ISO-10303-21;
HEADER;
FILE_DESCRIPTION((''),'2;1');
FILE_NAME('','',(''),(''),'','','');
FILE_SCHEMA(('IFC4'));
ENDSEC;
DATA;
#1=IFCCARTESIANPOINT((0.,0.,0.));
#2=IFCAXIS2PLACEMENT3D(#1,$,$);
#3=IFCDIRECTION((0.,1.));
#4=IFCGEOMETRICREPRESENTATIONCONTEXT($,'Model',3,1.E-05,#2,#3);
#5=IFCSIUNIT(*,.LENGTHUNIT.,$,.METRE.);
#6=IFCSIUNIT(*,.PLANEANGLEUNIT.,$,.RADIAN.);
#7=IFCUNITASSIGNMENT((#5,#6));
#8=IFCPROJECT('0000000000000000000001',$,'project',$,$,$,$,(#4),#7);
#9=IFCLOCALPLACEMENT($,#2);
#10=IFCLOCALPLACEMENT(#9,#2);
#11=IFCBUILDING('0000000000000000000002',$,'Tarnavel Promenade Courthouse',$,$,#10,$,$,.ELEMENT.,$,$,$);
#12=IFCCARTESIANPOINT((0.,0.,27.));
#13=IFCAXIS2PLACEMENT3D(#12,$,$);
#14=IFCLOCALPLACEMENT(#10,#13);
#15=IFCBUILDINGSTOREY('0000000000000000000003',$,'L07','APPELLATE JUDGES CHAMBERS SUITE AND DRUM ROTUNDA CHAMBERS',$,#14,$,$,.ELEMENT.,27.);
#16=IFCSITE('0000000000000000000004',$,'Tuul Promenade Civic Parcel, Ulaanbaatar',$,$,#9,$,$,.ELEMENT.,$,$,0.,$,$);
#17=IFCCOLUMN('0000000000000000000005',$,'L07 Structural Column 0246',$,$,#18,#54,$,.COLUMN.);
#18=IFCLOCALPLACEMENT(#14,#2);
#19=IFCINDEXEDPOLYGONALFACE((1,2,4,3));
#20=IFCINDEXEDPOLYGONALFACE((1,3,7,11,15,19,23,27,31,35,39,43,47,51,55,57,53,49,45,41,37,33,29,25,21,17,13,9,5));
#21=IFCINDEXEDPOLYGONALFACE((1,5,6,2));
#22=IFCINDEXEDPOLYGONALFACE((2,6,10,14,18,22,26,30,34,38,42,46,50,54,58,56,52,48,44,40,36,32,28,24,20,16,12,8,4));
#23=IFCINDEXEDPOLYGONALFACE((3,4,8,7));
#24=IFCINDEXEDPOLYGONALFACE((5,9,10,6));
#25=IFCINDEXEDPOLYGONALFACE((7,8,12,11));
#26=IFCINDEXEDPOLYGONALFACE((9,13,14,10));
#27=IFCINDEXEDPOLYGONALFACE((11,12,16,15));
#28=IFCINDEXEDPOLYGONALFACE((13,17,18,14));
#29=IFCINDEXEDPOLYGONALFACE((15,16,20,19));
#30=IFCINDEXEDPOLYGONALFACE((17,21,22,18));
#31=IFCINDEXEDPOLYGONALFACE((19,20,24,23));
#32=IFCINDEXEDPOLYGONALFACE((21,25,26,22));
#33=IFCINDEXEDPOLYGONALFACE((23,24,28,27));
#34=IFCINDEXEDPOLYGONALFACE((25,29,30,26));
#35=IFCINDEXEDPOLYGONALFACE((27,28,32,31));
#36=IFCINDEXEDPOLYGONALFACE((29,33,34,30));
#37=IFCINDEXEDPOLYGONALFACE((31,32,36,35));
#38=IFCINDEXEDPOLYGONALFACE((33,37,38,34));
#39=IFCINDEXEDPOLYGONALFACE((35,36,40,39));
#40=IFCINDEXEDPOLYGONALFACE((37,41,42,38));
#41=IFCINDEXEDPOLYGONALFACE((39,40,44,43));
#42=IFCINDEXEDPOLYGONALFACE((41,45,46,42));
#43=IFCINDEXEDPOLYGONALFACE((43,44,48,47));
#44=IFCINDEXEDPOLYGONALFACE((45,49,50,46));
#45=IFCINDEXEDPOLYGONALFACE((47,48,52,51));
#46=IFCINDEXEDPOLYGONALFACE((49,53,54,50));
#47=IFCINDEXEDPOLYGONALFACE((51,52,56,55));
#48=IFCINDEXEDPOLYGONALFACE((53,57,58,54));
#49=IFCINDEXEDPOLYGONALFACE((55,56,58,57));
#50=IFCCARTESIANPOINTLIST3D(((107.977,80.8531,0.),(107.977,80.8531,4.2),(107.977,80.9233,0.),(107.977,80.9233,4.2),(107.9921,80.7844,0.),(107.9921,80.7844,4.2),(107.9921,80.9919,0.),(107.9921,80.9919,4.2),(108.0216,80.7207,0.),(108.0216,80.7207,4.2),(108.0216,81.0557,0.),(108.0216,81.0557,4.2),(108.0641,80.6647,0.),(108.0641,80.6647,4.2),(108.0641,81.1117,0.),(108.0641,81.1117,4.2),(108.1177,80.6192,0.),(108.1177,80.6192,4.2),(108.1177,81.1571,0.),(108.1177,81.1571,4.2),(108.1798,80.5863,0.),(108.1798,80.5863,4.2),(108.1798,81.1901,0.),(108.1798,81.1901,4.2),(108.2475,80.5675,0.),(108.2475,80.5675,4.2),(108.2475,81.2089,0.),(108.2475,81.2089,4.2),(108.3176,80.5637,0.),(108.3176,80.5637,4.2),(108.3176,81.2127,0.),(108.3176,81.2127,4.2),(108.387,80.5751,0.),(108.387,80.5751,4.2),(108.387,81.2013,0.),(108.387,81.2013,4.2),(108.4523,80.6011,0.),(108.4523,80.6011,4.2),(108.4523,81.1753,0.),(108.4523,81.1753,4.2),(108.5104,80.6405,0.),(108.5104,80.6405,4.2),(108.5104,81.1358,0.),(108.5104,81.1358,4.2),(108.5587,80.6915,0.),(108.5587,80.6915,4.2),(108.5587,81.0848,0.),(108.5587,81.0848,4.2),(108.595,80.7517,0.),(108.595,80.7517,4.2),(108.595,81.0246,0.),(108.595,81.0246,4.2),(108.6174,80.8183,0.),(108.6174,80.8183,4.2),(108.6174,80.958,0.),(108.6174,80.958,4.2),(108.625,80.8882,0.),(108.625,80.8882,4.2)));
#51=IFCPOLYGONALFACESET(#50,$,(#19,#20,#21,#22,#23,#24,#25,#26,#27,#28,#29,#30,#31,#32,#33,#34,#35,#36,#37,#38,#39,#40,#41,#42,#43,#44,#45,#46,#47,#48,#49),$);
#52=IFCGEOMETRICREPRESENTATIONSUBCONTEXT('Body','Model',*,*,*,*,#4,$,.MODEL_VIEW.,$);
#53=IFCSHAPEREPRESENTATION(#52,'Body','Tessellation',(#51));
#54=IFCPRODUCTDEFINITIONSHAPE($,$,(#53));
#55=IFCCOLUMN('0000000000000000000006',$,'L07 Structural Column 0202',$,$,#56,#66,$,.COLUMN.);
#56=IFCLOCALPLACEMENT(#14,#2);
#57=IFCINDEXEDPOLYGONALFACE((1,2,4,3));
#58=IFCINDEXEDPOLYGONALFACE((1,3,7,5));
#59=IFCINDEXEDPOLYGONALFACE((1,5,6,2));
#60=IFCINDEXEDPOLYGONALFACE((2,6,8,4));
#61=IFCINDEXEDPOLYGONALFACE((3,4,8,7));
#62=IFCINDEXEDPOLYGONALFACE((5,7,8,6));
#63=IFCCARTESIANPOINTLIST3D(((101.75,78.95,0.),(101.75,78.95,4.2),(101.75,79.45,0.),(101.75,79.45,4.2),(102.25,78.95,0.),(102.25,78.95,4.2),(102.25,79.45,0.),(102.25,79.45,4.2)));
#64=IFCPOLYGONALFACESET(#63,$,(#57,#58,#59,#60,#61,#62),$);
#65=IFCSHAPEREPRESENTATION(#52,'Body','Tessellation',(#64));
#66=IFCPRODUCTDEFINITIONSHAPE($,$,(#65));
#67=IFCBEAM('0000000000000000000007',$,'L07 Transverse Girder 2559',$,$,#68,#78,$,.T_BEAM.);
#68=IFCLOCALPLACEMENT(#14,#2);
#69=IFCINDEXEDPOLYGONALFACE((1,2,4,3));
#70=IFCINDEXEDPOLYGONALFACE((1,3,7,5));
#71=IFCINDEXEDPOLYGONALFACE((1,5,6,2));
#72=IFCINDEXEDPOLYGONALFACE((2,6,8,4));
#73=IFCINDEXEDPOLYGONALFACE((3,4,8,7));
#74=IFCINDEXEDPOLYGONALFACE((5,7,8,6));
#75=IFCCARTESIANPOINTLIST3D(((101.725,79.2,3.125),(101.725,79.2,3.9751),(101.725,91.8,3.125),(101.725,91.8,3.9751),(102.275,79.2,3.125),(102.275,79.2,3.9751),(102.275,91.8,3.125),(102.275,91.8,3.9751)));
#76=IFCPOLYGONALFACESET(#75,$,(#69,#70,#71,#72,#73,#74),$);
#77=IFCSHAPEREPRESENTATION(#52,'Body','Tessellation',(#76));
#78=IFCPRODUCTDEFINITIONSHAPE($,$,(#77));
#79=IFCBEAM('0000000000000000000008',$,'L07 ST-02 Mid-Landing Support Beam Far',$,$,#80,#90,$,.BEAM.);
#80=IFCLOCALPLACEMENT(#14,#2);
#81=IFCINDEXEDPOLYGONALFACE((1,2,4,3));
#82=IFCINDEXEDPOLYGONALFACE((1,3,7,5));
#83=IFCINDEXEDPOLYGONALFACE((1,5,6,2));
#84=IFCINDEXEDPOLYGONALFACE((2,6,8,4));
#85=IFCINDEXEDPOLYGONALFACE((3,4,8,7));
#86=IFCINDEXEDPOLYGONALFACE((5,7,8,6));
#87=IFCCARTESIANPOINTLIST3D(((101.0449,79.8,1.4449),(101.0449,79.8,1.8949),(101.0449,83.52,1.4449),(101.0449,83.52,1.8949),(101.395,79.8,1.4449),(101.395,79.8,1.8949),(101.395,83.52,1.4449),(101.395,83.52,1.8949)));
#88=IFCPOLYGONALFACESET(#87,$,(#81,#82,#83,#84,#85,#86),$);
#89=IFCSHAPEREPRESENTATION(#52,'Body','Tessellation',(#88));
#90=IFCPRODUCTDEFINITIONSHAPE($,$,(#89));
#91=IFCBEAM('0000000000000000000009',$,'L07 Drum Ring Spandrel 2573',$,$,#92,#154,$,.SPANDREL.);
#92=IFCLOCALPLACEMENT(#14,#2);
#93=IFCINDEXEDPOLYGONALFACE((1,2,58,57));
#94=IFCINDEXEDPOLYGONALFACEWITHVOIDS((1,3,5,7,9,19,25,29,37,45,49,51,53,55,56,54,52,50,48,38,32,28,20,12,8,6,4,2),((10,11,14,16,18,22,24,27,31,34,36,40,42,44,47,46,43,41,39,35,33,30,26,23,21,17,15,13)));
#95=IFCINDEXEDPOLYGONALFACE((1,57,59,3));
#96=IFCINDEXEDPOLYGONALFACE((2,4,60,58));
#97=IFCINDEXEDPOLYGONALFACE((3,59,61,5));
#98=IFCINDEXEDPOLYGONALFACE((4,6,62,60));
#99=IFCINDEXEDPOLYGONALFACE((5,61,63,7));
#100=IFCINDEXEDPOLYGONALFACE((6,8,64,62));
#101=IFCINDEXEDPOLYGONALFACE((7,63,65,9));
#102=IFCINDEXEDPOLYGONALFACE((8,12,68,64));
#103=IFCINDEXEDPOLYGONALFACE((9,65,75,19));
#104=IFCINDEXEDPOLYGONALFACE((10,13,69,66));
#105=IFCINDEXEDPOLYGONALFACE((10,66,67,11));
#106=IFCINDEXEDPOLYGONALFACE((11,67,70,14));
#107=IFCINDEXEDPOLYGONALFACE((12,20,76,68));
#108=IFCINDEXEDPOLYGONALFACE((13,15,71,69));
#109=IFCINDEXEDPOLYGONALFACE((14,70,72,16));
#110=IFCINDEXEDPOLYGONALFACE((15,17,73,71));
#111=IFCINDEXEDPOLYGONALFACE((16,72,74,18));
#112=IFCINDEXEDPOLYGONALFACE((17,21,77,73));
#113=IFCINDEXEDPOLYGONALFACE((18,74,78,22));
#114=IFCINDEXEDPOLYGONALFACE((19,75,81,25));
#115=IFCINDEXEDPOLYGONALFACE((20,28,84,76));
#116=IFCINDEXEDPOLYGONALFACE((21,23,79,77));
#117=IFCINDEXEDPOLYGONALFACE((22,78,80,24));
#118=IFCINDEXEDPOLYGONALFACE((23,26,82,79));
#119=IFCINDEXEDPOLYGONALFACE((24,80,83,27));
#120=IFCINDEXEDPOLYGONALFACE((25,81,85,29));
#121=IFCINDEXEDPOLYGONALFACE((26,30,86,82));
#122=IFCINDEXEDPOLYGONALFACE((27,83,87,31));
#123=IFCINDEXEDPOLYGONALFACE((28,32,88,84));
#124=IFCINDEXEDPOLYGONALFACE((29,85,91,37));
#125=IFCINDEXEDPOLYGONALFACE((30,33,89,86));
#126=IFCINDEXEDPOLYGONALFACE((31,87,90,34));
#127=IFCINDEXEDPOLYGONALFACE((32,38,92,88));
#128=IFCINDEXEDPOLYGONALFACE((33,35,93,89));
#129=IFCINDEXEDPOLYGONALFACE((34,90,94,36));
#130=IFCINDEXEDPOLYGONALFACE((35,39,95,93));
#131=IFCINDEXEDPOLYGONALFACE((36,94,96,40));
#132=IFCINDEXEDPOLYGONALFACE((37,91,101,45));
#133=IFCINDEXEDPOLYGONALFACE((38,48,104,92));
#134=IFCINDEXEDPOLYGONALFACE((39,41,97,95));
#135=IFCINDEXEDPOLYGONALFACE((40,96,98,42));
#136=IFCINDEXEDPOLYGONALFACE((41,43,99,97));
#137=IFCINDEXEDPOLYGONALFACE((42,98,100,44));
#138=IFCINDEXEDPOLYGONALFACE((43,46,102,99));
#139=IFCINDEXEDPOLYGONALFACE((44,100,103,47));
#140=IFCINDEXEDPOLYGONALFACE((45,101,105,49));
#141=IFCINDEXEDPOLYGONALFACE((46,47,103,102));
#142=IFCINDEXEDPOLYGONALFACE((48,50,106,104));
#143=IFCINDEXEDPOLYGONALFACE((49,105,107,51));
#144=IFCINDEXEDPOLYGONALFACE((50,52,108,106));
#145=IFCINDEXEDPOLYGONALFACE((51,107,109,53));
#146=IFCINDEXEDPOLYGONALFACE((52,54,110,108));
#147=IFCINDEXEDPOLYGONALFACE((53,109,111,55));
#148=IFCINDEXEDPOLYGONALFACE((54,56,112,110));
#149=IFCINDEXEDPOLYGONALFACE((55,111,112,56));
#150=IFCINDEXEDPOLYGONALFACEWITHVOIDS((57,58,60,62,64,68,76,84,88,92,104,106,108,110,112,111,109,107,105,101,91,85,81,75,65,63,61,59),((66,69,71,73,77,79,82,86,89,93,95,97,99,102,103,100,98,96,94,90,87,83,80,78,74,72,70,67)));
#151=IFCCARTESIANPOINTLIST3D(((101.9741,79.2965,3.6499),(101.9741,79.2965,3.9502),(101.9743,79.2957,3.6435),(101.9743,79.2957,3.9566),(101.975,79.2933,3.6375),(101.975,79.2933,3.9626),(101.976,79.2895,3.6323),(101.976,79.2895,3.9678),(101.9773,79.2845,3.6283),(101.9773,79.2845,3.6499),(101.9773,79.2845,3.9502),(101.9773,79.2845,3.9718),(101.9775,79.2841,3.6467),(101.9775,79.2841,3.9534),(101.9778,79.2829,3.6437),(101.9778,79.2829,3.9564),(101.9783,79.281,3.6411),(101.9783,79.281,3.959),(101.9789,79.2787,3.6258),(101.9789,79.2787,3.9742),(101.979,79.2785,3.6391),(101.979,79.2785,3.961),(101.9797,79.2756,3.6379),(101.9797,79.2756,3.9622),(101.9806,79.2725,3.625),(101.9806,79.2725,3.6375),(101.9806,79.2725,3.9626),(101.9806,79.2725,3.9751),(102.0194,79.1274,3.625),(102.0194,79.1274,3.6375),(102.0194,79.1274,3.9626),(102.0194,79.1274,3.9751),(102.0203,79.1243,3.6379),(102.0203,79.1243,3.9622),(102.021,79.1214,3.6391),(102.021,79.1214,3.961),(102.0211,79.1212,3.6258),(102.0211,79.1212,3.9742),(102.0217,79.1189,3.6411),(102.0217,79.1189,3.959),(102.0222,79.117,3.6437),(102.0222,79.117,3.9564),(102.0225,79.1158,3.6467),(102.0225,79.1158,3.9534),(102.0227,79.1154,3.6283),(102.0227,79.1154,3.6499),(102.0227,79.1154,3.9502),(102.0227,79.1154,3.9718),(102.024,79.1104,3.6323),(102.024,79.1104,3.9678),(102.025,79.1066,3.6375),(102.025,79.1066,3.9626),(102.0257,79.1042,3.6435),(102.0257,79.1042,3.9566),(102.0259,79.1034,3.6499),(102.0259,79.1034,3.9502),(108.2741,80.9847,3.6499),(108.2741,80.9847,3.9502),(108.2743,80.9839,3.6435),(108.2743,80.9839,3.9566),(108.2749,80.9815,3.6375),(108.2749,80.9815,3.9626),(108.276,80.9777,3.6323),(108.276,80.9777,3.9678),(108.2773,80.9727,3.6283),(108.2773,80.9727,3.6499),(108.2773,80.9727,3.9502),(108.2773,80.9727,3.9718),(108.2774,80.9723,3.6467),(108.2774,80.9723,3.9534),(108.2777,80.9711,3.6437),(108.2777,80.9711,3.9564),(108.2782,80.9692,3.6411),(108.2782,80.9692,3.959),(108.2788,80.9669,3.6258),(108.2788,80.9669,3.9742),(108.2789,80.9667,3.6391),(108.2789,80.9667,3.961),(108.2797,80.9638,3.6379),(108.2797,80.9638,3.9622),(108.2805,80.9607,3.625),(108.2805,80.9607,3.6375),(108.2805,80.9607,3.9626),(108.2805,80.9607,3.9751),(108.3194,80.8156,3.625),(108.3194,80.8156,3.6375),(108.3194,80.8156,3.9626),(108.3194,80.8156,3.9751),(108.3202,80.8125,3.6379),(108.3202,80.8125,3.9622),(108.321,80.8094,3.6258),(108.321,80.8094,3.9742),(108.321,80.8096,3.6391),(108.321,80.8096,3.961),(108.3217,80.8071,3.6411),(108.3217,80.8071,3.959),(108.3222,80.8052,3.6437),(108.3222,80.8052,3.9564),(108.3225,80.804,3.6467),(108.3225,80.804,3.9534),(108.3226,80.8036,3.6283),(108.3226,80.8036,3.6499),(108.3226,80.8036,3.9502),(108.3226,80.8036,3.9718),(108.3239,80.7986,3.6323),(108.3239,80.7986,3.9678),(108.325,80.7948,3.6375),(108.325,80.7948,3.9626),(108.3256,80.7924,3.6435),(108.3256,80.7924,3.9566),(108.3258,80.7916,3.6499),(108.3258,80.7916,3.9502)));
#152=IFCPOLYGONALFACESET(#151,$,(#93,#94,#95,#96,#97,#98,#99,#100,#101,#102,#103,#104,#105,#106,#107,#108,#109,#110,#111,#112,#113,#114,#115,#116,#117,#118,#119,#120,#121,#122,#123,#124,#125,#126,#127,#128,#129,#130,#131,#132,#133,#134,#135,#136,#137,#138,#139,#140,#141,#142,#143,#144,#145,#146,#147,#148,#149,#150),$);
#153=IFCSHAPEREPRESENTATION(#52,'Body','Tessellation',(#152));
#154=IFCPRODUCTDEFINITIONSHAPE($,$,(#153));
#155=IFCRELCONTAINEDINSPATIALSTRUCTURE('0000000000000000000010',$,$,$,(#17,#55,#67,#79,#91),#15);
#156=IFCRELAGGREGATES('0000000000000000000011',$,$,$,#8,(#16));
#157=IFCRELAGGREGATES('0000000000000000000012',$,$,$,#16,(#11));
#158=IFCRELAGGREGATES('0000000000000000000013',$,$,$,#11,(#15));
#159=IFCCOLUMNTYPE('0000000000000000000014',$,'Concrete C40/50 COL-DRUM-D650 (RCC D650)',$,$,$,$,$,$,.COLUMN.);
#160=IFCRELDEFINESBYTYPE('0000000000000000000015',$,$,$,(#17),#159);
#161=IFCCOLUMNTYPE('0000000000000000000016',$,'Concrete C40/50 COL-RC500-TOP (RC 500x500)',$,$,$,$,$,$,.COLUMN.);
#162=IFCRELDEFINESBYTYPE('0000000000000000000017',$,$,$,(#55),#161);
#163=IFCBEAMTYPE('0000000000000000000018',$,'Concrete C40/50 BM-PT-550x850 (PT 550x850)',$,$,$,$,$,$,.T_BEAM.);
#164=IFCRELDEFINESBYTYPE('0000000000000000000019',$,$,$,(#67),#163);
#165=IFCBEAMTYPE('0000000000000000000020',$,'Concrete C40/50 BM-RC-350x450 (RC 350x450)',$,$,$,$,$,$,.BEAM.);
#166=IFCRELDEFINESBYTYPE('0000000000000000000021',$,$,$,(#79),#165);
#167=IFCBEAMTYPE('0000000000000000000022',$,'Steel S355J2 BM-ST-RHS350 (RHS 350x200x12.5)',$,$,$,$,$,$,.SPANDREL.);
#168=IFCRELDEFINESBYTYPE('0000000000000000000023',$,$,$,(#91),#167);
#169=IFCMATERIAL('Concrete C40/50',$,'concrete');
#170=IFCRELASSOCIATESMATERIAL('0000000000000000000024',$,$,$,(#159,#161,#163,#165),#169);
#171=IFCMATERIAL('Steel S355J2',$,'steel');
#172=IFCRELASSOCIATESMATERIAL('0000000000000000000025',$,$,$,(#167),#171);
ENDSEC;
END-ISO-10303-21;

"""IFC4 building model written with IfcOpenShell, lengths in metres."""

from ifc_helpers import new_model, si_unit, direction, frame, origin, origin_2d, place, context, subcontext, project, spatial, rectangle, hollow_rectangle, circle, extrude, material, material_profile, profile_set, type_object, element, save


model = new_model("IFC4")

# Units and contexts
model_context = context("Model", 3, precision=1e-05, world=origin(), true_north=direction((0.0, 1.0)))
body_context = subcontext(model_context, "Body", "Model", "MODEL_VIEW")
ifc_project = project(units=[si_unit("LENGTHUNIT", "METRE"), si_unit("PLANEANGLEUNIT", "RADIAN")], contexts=[model_context])

# Site, building, storey
site_placement = place(None, origin())
site = spatial("IfcSite", under=ifc_project, at=site_placement, Name="Tuul Promenade Civic Parcel, Ulaanbaatar", CompositionType="ELEMENT", RefElevation=0.0)
building_placement = place(site_placement, origin())
building = spatial("IfcBuilding", under=site, at=building_placement, Name="Tarnavel Promenade Courthouse", CompositionType="ELEMENT")
storey_placement = place(building_placement, frame((0.0, 0.0, 27.0)))
storey = spatial("IfcBuildingStorey", under=building, at=storey_placement, Name="L07", Description="APPELLATE JUDGES CHAMBERS SUITE AND DRUM ROTUNDA CHAMBERS", CompositionType="ELEMENT", Elevation=27.0)

# Columns
ifc_material_1 = material(Name="Concrete C40/50", Category="concrete")
ifc_material_profile_1 = material_profile(ifc_material_1, circle(Radius=0.325, at=origin_2d()), Name="RCC D650")
ifc_profile_set_1 = profile_set([ifc_material_profile_1], Name="Concrete C40/50")
column_type_1 = type_object("IfcColumnType", Name="Concrete C40/50 COL-DRUM-D650 (RCC D650)", PredefinedType="COLUMN", material=ifc_profile_set_1)
column_1_placement = place(storey_placement, frame((108.3, 80.8882, 0.0), z_axis=(0.0, 0.0, 1.0), x_axis=(1.0, 0.0, 0.0)))
element("IfcColumn", 1, at=column_1_placement, inside=storey, type_object=column_type_1, Name="L07 Structural Column 0246", PredefinedType="COLUMN", context=body_context, shape_type="SweptSolid", body=[
    extrude(circle(Radius=0.325, at=origin_2d()), origin(), (0.0, 0.0, 1.0), 4.2),
])
ifc_material_profile_2 = material_profile(ifc_material_1, rectangle(XDim=0.5, YDim=0.5, at=origin_2d()), Name="RC 500x500")
ifc_profile_set_2 = profile_set([ifc_material_profile_2], Name="Concrete C40/50")
column_type_2 = type_object("IfcColumnType", Name="Concrete C40/50 COL-RC500-TOP (RC 500x500)", PredefinedType="COLUMN", material=ifc_profile_set_2)
column_2_placement = place(storey_placement, frame((102.0, 79.2, 0.0), z_axis=(0.0, 0.0, 1.0), x_axis=(1.0, 0.0, 0.0)))
element("IfcColumn", 2, at=column_2_placement, inside=storey, type_object=column_type_2, Name="L07 Structural Column 0202", PredefinedType="COLUMN", context=body_context, shape_type="SweptSolid", body=[
    extrude(rectangle(XDim=0.5, YDim=0.5, at=origin_2d()), origin(), (0.0, 0.0, 1.0), 4.2),
])

# Beams
ifc_material_profile_3 = material_profile(ifc_material_1, rectangle(XDim=0.55, YDim=0.8501, at=origin_2d()), Name="PT 550x850")
ifc_profile_set_3 = profile_set([ifc_material_profile_3], Name="Concrete C40/50")
beam_type_1 = type_object("IfcBeamType", Name="Concrete C40/50 BM-PT-550x850 (PT 550x850)", PredefinedType="T_BEAM", material=ifc_profile_set_3)
beam_1_placement = place(storey_placement, frame((102.0, 79.2, 3.55), z_axis=(0.0, 1.0, 0.0), x_axis=(-1.0, 0.0, 0.0)))
element("IfcBeam", 3, at=beam_1_placement, inside=storey, type_object=beam_type_1, Name="L07 Transverse Girder 2559", PredefinedType="T_BEAM", context=body_context, shape_type="SweptSolid", body=[
    extrude(rectangle(XDim=0.55, YDim=0.8501, at=origin_2d()), origin(), (0.0, 0.0, 1.0), 12.6001),
])
ifc_material_profile_4 = material_profile(ifc_material_1, rectangle(XDim=0.3501, YDim=0.45, at=origin_2d()), Name="RC 350x450")
ifc_profile_set_4 = profile_set([ifc_material_profile_4], Name="Concrete C40/50")
beam_type_2 = type_object("IfcBeamType", Name="Concrete C40/50 BM-RC-350x450 (RC 350x450)", PredefinedType="BEAM", material=ifc_profile_set_4)
beam_2_placement = place(storey_placement, frame((101.22, 79.8, 1.6699), z_axis=(0.0, 1.0, 0.0), x_axis=(-1.0, 0.0, 0.0)))
element("IfcBeam", 4, at=beam_2_placement, inside=storey, type_object=beam_type_2, Name="L07 ST-02 Mid-Landing Support Beam Far", PredefinedType="BEAM", context=body_context, shape_type="SweptSolid", body=[
    extrude(rectangle(XDim=0.3501, YDim=0.45, at=origin_2d()), origin(), (0.0, 0.0, 1.0), 3.72),
])
ifc_material_2 = material(Name="Steel S355J2", Category="steel")
ifc_material_profile_5 = material_profile(ifc_material_2, hollow_rectangle(XDim=0.2, YDim=0.3501, WallThickness=0.0125, InnerFilletRadius=0.0125, OuterFilletRadius=0.0249, at=origin_2d()), Name="RHS 350x200x12.5")
ifc_profile_set_5 = profile_set([ifc_material_profile_5], Name="Steel S355J2")
beam_type_3 = type_object("IfcBeamType", Name="Steel S355J2 BM-ST-RHS350 (RHS 350x200x12.5)", PredefinedType="SPANDREL", material=ifc_profile_set_5)
beam_3_placement = place(storey_placement, frame((102.0, 79.2, 3.8), z_axis=(0.96592, 0.258839, 0.0), x_axis=(-0.258839, 0.96592, 0.0)))
element("IfcBeam", 5, at=beam_3_placement, inside=storey, type_object=beam_type_3, Name="L07 Drum Ring Spandrel 2573", PredefinedType="SPANDREL", context=body_context, shape_type="SweptSolid", body=[
    extrude(hollow_rectangle(XDim=0.2, YDim=0.3501, WallThickness=0.0125, InnerFilletRadius=0.0125, OuterFilletRadius=0.0249, at=origin_2d()), origin(), (0.0, 0.0, 1.0), 6.5222),
])

save(model, "model.ifc")
